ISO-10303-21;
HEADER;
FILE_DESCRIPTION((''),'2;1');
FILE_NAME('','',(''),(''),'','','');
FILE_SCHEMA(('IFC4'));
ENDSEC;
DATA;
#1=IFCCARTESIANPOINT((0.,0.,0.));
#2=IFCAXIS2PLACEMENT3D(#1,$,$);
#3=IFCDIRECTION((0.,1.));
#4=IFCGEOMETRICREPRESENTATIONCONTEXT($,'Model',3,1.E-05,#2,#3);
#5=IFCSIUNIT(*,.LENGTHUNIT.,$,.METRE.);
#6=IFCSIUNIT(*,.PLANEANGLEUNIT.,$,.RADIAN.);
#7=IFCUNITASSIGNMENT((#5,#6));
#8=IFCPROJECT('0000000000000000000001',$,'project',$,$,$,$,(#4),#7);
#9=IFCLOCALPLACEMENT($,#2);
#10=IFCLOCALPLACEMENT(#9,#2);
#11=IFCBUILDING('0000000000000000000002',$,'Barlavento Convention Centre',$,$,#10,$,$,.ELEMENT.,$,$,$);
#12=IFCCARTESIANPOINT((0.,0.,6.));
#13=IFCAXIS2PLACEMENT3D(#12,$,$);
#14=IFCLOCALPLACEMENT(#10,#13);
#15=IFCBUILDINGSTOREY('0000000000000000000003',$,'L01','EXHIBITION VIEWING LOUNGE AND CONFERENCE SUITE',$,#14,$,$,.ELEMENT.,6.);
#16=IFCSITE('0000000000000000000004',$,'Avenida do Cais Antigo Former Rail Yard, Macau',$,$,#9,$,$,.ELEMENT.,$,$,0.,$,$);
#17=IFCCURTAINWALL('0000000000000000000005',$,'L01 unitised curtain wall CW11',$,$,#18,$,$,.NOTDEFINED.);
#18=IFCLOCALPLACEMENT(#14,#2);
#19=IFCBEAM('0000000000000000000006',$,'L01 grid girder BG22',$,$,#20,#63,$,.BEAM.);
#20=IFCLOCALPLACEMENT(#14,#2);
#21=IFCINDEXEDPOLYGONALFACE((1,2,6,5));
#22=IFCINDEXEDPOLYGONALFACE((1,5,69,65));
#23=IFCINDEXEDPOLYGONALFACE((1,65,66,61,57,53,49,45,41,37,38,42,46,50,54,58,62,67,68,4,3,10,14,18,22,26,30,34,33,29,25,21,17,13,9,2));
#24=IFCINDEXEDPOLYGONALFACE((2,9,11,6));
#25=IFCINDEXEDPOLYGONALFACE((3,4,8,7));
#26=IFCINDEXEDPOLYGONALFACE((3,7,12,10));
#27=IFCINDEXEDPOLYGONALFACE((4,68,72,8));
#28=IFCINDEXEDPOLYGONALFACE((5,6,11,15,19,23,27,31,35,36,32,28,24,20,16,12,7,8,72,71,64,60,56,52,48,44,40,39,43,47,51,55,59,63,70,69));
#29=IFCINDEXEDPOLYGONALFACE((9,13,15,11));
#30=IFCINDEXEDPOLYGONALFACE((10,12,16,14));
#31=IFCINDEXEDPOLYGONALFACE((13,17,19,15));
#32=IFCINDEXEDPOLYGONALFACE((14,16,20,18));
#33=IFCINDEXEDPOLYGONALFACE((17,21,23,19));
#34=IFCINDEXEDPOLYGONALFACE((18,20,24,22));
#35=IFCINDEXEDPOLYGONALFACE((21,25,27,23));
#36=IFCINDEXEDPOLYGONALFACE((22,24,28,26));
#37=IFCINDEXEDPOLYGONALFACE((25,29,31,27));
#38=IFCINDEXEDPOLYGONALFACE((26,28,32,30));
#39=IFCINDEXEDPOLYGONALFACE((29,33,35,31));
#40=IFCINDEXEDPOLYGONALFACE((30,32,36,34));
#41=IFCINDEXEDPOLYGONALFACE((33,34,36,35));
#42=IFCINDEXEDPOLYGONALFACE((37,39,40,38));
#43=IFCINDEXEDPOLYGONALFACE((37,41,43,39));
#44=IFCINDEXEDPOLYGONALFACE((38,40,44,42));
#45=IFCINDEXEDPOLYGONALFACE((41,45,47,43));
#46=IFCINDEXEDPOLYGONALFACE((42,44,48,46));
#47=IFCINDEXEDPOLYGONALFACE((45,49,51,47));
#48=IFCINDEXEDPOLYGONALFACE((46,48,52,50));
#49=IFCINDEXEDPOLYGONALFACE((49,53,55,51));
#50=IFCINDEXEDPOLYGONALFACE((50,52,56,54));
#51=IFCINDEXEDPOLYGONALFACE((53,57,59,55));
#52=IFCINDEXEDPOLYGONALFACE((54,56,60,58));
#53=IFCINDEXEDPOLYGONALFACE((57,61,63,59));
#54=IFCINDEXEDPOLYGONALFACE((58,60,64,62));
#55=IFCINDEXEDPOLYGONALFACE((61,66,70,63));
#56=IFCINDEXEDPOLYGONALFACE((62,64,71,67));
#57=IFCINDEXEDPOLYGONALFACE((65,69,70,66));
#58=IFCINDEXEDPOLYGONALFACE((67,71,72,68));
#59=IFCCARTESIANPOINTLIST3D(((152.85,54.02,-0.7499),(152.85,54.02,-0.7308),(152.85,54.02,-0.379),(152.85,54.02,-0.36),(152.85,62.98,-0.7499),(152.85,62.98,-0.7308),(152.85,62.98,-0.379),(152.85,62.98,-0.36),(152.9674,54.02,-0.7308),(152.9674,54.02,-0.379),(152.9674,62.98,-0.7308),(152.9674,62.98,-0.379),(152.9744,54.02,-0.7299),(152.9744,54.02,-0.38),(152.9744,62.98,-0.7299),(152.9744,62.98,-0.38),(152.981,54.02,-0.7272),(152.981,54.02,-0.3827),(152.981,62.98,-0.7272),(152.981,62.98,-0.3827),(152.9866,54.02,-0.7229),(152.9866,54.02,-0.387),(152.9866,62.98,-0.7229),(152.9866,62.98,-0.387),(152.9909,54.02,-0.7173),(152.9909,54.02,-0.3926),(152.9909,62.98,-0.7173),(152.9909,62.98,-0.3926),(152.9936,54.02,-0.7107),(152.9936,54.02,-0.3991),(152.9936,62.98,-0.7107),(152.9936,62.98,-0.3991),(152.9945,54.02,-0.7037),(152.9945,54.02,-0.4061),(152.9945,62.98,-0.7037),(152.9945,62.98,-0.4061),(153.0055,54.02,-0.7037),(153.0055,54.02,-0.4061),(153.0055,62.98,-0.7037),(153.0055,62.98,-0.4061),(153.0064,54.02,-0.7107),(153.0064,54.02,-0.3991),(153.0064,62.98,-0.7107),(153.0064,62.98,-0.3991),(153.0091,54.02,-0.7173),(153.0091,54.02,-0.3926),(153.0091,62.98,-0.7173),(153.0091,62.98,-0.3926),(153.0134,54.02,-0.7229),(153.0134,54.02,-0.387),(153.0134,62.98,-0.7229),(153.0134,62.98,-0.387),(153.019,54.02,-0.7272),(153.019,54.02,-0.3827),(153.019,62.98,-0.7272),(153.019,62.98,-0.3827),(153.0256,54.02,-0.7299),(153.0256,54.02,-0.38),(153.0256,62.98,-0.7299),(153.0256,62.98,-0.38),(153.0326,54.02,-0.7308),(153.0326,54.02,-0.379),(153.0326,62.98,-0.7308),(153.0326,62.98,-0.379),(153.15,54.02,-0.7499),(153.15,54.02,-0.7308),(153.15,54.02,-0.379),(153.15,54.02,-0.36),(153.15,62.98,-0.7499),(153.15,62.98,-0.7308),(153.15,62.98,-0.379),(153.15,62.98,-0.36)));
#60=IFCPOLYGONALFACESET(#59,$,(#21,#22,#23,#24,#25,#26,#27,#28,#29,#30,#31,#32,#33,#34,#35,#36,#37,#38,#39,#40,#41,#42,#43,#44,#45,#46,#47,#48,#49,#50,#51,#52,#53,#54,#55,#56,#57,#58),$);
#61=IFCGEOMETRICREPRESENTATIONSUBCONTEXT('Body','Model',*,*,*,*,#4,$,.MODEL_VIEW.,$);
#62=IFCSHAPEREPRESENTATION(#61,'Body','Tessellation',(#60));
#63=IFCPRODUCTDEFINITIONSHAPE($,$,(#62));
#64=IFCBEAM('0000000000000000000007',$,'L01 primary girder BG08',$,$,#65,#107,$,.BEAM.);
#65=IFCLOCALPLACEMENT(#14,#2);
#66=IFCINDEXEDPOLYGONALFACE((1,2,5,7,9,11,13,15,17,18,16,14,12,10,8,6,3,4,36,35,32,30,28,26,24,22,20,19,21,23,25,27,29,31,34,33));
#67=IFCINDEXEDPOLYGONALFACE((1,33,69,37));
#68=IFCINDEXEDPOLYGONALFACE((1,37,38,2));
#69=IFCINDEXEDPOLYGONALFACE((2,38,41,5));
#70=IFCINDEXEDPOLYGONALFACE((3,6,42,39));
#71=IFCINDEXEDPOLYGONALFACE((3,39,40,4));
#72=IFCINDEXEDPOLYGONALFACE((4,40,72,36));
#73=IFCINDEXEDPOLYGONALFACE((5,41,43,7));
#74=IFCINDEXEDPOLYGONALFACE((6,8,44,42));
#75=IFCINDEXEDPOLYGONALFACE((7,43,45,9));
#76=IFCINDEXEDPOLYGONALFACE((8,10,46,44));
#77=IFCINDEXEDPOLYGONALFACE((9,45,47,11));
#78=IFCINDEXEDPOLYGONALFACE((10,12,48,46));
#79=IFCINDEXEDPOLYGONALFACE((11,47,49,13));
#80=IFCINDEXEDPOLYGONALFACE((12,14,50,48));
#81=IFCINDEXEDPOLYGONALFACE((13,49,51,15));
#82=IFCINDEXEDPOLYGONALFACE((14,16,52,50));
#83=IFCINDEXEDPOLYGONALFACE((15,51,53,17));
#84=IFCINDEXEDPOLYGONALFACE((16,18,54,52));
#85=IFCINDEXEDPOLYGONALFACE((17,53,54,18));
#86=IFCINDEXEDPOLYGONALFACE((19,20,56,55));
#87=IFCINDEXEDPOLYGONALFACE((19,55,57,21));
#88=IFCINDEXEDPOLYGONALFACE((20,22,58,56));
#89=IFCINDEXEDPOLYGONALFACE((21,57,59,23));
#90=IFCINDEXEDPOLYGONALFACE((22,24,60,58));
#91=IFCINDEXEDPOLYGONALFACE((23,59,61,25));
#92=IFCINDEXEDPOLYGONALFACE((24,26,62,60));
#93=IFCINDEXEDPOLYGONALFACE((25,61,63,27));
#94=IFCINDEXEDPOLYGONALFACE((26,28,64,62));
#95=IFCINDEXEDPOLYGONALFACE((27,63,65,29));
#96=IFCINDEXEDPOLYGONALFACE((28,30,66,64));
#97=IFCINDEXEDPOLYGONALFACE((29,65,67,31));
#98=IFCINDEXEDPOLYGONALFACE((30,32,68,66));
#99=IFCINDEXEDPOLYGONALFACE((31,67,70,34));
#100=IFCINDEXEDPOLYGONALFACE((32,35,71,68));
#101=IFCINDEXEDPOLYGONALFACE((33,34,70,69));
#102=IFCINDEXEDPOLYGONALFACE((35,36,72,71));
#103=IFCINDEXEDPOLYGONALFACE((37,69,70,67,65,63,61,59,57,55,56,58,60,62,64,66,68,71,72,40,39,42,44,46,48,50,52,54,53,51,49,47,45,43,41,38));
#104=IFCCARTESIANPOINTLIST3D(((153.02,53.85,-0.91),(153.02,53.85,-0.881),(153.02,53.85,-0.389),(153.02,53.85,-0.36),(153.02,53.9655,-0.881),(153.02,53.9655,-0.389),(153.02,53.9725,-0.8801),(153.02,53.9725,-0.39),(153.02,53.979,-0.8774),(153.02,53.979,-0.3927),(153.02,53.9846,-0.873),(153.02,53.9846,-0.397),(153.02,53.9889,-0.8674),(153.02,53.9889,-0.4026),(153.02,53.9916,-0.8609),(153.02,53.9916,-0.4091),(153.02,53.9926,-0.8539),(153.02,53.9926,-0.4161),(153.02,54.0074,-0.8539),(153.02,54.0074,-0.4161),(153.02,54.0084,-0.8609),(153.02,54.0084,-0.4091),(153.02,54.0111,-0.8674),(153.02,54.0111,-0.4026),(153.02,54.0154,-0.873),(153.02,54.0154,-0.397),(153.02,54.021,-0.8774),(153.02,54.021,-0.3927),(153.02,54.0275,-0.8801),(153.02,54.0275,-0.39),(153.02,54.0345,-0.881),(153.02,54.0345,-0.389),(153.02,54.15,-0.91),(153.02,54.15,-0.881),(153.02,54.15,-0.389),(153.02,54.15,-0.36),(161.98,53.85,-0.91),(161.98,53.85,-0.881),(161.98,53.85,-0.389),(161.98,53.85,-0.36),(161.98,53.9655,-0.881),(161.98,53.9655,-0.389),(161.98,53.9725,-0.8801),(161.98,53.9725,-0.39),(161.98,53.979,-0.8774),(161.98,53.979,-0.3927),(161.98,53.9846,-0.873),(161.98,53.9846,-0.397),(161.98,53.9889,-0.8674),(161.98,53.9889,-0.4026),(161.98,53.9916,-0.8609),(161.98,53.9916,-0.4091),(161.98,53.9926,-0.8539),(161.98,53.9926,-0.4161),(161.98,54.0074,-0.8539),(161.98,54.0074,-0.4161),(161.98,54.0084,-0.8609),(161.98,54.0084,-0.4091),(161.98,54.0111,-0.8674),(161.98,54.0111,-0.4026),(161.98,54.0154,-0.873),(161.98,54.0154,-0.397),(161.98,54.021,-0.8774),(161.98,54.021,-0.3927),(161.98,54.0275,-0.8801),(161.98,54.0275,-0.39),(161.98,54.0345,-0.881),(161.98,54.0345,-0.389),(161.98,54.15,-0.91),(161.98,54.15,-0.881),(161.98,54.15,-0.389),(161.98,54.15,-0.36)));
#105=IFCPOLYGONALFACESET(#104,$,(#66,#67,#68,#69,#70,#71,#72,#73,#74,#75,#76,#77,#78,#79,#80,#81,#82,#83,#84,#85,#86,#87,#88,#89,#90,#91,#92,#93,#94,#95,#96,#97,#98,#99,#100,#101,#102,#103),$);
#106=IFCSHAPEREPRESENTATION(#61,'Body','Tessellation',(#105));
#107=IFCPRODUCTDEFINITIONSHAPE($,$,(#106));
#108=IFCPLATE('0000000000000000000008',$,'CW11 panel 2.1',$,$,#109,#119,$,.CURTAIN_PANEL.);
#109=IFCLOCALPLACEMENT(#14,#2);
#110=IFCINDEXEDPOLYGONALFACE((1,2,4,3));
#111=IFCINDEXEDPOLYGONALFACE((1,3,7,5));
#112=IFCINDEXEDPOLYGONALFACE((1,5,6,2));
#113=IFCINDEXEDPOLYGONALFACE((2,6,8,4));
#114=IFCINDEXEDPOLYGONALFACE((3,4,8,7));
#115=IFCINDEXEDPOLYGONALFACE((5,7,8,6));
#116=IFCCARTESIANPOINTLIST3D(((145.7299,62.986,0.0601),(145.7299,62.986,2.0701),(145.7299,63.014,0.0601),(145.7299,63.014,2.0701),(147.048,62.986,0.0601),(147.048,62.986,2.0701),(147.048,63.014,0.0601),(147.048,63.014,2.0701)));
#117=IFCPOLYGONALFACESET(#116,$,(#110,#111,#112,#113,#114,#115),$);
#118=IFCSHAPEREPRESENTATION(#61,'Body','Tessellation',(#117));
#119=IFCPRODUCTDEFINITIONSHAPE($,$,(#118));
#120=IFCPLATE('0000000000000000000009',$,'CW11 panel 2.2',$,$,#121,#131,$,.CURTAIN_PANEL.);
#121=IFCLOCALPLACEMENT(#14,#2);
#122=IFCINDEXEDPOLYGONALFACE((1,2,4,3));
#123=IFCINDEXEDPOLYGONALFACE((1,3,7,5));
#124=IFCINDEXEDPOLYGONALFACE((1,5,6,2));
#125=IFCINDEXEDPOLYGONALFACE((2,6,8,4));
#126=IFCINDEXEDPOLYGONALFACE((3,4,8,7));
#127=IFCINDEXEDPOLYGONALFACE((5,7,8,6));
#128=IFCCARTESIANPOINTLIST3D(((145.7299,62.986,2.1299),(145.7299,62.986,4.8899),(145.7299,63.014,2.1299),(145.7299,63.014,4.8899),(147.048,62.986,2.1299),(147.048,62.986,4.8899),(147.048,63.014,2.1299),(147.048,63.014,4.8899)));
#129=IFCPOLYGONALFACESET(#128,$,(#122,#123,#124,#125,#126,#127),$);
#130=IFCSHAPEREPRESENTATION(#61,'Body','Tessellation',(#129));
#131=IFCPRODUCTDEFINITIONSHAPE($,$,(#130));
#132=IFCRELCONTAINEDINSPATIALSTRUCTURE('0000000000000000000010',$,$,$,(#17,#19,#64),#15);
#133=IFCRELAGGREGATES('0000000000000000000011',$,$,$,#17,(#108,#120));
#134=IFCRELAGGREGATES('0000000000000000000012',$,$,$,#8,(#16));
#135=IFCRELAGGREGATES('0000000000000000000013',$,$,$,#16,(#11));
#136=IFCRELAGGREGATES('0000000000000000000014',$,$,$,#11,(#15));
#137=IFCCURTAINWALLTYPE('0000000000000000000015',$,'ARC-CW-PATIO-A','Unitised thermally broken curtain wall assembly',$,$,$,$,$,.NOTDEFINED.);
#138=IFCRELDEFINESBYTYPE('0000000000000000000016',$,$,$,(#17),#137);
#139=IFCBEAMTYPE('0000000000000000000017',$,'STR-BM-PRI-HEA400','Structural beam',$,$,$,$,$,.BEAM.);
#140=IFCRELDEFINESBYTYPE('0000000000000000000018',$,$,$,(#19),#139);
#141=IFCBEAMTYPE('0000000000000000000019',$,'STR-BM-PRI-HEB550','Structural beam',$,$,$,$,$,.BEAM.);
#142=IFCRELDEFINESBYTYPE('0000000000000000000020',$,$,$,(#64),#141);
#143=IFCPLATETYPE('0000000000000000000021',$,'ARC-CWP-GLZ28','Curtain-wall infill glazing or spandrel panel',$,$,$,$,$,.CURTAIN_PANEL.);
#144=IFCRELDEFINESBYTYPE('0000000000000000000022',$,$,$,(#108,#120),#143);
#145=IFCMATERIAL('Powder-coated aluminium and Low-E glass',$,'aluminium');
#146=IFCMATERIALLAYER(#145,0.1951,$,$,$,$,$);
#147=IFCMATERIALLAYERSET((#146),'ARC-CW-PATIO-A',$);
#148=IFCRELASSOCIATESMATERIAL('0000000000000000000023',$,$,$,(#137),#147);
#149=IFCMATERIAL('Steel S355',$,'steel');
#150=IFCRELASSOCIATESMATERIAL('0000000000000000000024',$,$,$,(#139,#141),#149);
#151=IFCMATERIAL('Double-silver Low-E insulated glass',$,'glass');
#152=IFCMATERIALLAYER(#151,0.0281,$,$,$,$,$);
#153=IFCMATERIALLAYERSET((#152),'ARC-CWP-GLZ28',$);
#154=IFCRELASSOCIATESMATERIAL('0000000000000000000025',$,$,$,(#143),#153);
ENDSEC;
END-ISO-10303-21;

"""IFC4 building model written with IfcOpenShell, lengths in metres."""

from ifc_helpers import new_model, si_unit, direction, frame, origin, origin_2d, place, context, subcontext, project, spatial, rectangle, i_section, extrude, material, layer, layer_set, material_profile, profile_set, type_object, element, aggregate, save


model = new_model("IFC4")

# Units and contexts
model_context = context("Model", 3, precision=1e-05, world=origin(), true_north=direction((0.0, 1.0)))
body_context = subcontext(model_context, "Body", "Model", "MODEL_VIEW")
ifc_project = project(units=[si_unit("LENGTHUNIT", "METRE"), si_unit("PLANEANGLEUNIT", "RADIAN")], contexts=[model_context])

# Site, building, storey
site_placement = place(None, origin())
site = spatial("IfcSite", under=ifc_project, at=site_placement, Name="Avenida do Cais Antigo Former Rail Yard, Macau", CompositionType="ELEMENT", RefElevation=0.0)
building_placement = place(site_placement, origin())
building = spatial("IfcBuilding", under=site, at=building_placement, Name="Barlavento Convention Centre", CompositionType="ELEMENT")
storey_placement = place(building_placement, frame((0.0, 0.0, 6.0)))
storey = spatial("IfcBuildingStorey", under=building, at=storey_placement, Name="L01", Description="EXHIBITION VIEWING LOUNGE AND CONFERENCE SUITE", CompositionType="ELEMENT", Elevation=6.0)

# Shared definitions
ifc_material_1 = material(Name="Steel S355", Category="steel")

# Curtain wall
ifc_material_2 = material(Name="Powder-coated aluminium and Low-E glass", Category="aluminium")
ifc_layer_1 = layer(ifc_material_2, 0.1951)
ifc_layer_set_1 = layer_set([ifc_layer_1], Name="ARC-CW-PATIO-A")
curtain_wall_type = type_object("IfcCurtainWallType", Name="ARC-CW-PATIO-A", Description="Unitised thermally broken curtain wall assembly", PredefinedType="NOTDEFINED", material=ifc_layer_set_1)
curtain_wall_placement = place(storey_placement, origin())
curtain_wall = element("IfcCurtainWall", 1, at=curtain_wall_placement, inside=storey, type_object=curtain_wall_type, Name="L01 unitised curtain wall CW11", PredefinedType="NOTDEFINED")

# Beams
ifc_material_profile_1 = material_profile(ifc_material_1, i_section(OverallWidth=0.3, OverallDepth=0.3899, WebThickness=0.011, FlangeThickness=0.019, FilletRadius=0.0271, at=origin_2d()), Name="HEA 400")
ifc_profile_set_1 = profile_set([ifc_material_profile_1], Name="Steel S355")
beam_type_1 = type_object("IfcBeamType", Name="STR-BM-PRI-HEA400", Description="Structural beam", PredefinedType="BEAM", material=ifc_profile_set_1)
for number, where, z_axis, x_axis, name in (
    (2, (153.0, 54.02, -0.5549), (0.0, 1.0, 0.0), (-1.0, 0.0, 0.0), "L01 grid girder BG22"),
):
    element("IfcBeam", number, at=place(storey_placement, frame(where, z_axis=z_axis, x_axis=x_axis)), inside=storey, type_object=beam_type_1, Name=name, PredefinedType="BEAM", context=body_context, shape_type="SweptSolid", body=[
        extrude(i_section(OverallWidth=0.3, OverallDepth=0.3899, WebThickness=0.011, FlangeThickness=0.019, FilletRadius=0.0271, at=origin_2d()), origin(), (0.0, 0.0, 1.0), 8.96),
    ])
ifc_material_profile_2 = material_profile(ifc_material_1, i_section(OverallWidth=0.3, OverallDepth=0.55, WebThickness=0.0149, FlangeThickness=0.0291, FilletRadius=0.0271, at=origin_2d()), Name="HEB 550")
ifc_profile_set_2 = profile_set([ifc_material_profile_2], Name="Steel S355")
beam_type_2 = type_object("IfcBeamType", Name="STR-BM-PRI-HEB550", Description="Structural beam", PredefinedType="BEAM", material=ifc_profile_set_2)
beam_1_placement = place(storey_placement, frame((153.02, 54.0, -0.635), z_axis=(1.0, 0.0, 0.0), x_axis=(0.0, 1.0, 0.0)))
element("IfcBeam", 3, at=beam_1_placement, inside=storey, type_object=beam_type_2, Name="L01 primary girder BG08", PredefinedType="BEAM", context=body_context, shape_type="SweptSolid", body=[
    extrude(i_section(OverallWidth=0.3, OverallDepth=0.55, WebThickness=0.0149, FlangeThickness=0.0291, FilletRadius=0.0271, at=origin_2d()), origin(), (0.0, 0.0, 1.0), 8.96),
])

# Plates
ifc_material_3 = material(Name="Double-silver Low-E insulated glass", Category="glass")
ifc_layer_2 = layer(ifc_material_3, 0.0281)
ifc_layer_set_2 = layer_set([ifc_layer_2], Name="ARC-CWP-GLZ28")
plate_type = type_object("IfcPlateType", Name="ARC-CWP-GLZ28", Description="Curtain-wall infill glazing or spandrel panel", PredefinedType="CURTAIN_PANEL", material=ifc_layer_set_2)
plate_1_placement = place(storey_placement, frame((146.3889, 63.0, 0.0601), z_axis=(0.0, 0.0, 1.0), x_axis=(1.0, 0.0, 0.0)))
plate_1 = element("IfcPlate", 4, at=plate_1_placement, type_object=plate_type, Name="CW11 panel 2.1", PredefinedType="CURTAIN_PANEL", context=body_context, shape_type="SweptSolid", body=[
    extrude(rectangle(XDim=1.3181, YDim=0.0281, at=origin_2d()), origin(), (0.0, 0.0, 1.0), 2.01),
])
plate_2_placement = place(storey_placement, frame((146.3889, 63.0, 2.1299), z_axis=(0.0, 0.0, 1.0), x_axis=(1.0, 0.0, 0.0)))
plate_2 = element("IfcPlate", 5, at=plate_2_placement, type_object=plate_type, Name="CW11 panel 2.2", PredefinedType="CURTAIN_PANEL", context=body_context, shape_type="SweptSolid", body=[
    extrude(rectangle(XDim=1.3181, YDim=0.0281, at=origin_2d()), origin(), (0.0, 0.0, 1.0), 2.76),
])
aggregate(curtain_wall, [plate_1, plate_2])

save(model, "model.ifc")
